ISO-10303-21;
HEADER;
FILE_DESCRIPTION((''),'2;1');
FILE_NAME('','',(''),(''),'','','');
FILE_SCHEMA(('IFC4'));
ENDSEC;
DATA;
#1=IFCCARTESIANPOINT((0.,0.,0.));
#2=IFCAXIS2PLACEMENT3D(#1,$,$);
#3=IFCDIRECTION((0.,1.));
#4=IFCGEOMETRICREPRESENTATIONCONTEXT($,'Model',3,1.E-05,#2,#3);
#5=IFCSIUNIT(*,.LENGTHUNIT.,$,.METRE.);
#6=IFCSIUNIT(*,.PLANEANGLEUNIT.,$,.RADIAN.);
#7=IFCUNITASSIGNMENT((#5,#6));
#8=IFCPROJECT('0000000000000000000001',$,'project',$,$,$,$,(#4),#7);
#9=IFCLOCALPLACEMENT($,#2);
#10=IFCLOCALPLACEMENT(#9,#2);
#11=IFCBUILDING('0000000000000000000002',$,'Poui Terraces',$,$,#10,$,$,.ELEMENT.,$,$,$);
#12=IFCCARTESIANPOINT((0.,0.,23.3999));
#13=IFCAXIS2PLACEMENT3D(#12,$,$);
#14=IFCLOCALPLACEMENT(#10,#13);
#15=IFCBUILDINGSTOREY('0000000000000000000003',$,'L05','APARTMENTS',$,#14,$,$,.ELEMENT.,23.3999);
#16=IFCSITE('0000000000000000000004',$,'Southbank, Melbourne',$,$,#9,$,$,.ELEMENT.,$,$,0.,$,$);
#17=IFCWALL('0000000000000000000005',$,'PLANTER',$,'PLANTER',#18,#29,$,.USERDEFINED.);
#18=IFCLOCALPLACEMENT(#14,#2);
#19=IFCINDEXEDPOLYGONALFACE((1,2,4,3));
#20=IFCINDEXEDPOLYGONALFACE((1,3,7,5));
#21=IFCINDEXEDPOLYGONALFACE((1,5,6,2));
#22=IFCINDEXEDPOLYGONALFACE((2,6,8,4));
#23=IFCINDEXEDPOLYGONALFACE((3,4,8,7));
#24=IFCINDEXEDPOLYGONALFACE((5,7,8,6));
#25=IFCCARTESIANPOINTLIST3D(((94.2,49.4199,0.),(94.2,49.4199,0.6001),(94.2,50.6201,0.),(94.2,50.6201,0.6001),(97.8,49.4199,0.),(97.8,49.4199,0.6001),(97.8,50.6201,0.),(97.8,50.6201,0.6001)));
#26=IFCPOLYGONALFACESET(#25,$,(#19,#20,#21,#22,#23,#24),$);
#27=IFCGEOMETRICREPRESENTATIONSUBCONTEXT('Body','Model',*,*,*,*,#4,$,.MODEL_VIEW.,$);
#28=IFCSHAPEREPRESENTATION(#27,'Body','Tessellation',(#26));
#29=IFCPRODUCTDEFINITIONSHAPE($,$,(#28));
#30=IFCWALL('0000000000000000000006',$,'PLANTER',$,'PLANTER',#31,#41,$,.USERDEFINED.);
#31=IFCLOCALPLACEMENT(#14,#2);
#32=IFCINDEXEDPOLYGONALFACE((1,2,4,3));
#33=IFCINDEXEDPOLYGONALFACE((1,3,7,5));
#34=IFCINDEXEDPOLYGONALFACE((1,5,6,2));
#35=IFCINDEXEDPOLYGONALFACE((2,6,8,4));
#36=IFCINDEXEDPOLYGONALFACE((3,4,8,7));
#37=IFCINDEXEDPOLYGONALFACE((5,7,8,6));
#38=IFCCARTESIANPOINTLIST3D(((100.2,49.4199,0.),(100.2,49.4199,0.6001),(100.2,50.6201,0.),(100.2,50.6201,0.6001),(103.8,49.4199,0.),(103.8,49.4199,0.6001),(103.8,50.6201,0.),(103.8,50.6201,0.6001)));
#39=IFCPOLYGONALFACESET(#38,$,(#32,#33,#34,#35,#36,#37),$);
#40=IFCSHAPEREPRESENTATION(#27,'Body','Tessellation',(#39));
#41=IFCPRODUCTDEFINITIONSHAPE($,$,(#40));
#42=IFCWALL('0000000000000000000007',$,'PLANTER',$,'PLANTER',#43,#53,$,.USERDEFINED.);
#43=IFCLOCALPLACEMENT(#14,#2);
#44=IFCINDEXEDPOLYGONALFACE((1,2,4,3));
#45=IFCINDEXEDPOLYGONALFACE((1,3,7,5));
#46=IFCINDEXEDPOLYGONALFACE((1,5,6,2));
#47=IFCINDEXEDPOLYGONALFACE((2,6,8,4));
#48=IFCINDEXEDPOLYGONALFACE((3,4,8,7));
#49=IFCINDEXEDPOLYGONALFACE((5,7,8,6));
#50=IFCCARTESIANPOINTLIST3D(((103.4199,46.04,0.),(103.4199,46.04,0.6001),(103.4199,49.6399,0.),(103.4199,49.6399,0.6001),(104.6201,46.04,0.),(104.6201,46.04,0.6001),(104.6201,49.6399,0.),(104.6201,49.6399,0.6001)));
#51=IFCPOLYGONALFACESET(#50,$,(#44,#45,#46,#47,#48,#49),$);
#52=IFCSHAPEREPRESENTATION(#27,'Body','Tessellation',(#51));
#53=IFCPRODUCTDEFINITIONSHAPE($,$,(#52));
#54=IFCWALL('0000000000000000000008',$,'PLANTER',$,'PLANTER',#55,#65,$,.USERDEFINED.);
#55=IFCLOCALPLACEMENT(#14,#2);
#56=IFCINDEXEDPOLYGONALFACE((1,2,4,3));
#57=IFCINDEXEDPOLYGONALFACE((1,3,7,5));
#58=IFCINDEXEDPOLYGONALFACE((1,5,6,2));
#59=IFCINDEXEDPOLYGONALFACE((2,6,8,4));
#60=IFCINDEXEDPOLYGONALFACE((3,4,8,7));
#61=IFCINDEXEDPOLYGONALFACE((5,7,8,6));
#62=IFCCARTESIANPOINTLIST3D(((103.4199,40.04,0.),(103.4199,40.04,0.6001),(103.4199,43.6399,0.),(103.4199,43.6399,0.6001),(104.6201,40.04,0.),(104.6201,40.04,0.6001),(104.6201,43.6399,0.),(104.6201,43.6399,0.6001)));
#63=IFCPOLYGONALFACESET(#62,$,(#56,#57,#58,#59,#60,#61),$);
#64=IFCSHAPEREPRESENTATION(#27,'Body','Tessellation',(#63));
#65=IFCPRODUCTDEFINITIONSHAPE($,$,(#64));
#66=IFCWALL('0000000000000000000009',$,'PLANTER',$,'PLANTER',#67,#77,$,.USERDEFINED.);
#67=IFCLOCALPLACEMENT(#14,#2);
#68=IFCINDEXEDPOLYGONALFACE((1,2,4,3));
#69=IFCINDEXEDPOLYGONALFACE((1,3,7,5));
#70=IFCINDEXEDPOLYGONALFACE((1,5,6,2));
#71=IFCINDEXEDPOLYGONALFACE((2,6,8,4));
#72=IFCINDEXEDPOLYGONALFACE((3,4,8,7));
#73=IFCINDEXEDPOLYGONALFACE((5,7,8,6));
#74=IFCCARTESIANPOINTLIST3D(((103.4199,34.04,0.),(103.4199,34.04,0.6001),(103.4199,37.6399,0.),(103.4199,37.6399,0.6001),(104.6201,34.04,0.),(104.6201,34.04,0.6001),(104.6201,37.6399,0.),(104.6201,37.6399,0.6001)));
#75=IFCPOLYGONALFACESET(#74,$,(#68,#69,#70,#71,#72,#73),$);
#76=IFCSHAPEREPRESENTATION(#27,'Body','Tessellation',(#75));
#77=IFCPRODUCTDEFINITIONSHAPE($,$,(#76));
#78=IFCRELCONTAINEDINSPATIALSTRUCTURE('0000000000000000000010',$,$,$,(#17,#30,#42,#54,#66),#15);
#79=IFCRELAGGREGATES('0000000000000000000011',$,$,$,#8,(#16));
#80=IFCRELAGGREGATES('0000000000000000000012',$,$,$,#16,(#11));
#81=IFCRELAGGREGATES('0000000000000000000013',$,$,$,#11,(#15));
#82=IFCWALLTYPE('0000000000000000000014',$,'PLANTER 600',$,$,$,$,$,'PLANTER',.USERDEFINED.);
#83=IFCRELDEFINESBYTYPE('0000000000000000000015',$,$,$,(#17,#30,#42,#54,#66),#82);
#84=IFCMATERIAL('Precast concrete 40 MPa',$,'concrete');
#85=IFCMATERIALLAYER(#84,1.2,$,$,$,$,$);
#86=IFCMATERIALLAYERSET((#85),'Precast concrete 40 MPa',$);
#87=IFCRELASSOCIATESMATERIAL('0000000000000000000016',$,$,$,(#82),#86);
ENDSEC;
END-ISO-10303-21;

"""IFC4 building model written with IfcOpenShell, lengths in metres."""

from ifc_helpers import new_model, si_unit, direction, frame, origin, place, context, subcontext, project, spatial, polyline, outline, extrude, source, transform, mapped, material, layer, layer_set, type_object, element, save


model = new_model("IFC4")

# Units and contexts
model_context = context("Model", 3, precision=1e-05, world=origin(), true_north=direction((0.0, 1.0)))
body_context = subcontext(model_context, "Body", "Model", "MODEL_VIEW")
ifc_project = project(units=[si_unit("LENGTHUNIT", "METRE"), si_unit("PLANEANGLEUNIT", "RADIAN")], contexts=[model_context])

# Site, building, storey
site_placement = place(None, origin())
site = spatial("IfcSite", under=ifc_project, at=site_placement, Name="Southbank, Melbourne", CompositionType="ELEMENT", RefElevation=0.0)
building_placement = place(site_placement, origin())
building = spatial("IfcBuilding", under=site, at=building_placement, Name="Poui Terraces", CompositionType="ELEMENT")
storey_placement = place(building_placement, frame((0.0, 0.0, 23.3999)))
storey = spatial("IfcBuildingStorey", under=building, at=storey_placement, Name="L05", Description="APARTMENTS", CompositionType="ELEMENT", Elevation=23.3999)

# Walls
ifc_material_1 = material(Name="Precast concrete 40 MPa", Category="concrete")
ifc_layer_1 = layer(ifc_material_1, 1.2)
ifc_layer_set_1 = layer_set([ifc_layer_1], Name="Precast concrete 40 MPa")
wall_type_1 = type_object("IfcWallType", Name="PLANTER 600", ElementType="PLANTER", PredefinedType="USERDEFINED", material=ifc_layer_set_1)
shared_shape_1 = source(origin(), body_context, "Body", "SweptSolid", [
    extrude(outline(polyline([(0.0, 0.0), (3.6001, 0.0), (3.6001, 1.2002), (0.0, 1.2002), (0.0, 0.0)])), origin(), (0.0, 0.0, 1.0), 0.6001),
])
for number, where, name in (
    (1, (94.2, 49.4199, 0.0), "PLANTER"),
    (2, (100.2, 49.4199, 0.0), "PLANTER"),
):
    element("IfcWall", number, at=place(storey_placement, frame(where)), inside=storey, type_object=wall_type_1, Name=name, ObjectType="PLANTER", PredefinedType="USERDEFINED", context=body_context, shape_type="MappedRepresentation", body=[
        mapped(shared_shape_1, transform((0.0, 0.0, 0.0))),
    ])
shared_shape_2 = source(origin(), body_context, "Body", "SweptSolid", [
    extrude(outline(polyline([(0.0, 0.0), (1.2002, 0.0), (1.2002, 3.5999), (0.0, 3.5999), (0.0, 0.0)])), origin(), (0.0, 0.0, 1.0), 0.6001),
])
for number, where, name in (
    (3, (103.4199, 46.04, 0.0), "PLANTER"),
    (4, (103.4199, 40.04, 0.0), "PLANTER"),
    (5, (103.4199, 34.04, 0.0), "PLANTER"),
):
    element("IfcWall", number, at=place(storey_placement, frame(where)), inside=storey, type_object=wall_type_1, Name=name, ObjectType="PLANTER", PredefinedType="USERDEFINED", context=body_context, shape_type="MappedRepresentation", body=[
        mapped(shared_shape_2, transform((0.0, 0.0, 0.0))),
    ])

save(model, "model.ifc")
